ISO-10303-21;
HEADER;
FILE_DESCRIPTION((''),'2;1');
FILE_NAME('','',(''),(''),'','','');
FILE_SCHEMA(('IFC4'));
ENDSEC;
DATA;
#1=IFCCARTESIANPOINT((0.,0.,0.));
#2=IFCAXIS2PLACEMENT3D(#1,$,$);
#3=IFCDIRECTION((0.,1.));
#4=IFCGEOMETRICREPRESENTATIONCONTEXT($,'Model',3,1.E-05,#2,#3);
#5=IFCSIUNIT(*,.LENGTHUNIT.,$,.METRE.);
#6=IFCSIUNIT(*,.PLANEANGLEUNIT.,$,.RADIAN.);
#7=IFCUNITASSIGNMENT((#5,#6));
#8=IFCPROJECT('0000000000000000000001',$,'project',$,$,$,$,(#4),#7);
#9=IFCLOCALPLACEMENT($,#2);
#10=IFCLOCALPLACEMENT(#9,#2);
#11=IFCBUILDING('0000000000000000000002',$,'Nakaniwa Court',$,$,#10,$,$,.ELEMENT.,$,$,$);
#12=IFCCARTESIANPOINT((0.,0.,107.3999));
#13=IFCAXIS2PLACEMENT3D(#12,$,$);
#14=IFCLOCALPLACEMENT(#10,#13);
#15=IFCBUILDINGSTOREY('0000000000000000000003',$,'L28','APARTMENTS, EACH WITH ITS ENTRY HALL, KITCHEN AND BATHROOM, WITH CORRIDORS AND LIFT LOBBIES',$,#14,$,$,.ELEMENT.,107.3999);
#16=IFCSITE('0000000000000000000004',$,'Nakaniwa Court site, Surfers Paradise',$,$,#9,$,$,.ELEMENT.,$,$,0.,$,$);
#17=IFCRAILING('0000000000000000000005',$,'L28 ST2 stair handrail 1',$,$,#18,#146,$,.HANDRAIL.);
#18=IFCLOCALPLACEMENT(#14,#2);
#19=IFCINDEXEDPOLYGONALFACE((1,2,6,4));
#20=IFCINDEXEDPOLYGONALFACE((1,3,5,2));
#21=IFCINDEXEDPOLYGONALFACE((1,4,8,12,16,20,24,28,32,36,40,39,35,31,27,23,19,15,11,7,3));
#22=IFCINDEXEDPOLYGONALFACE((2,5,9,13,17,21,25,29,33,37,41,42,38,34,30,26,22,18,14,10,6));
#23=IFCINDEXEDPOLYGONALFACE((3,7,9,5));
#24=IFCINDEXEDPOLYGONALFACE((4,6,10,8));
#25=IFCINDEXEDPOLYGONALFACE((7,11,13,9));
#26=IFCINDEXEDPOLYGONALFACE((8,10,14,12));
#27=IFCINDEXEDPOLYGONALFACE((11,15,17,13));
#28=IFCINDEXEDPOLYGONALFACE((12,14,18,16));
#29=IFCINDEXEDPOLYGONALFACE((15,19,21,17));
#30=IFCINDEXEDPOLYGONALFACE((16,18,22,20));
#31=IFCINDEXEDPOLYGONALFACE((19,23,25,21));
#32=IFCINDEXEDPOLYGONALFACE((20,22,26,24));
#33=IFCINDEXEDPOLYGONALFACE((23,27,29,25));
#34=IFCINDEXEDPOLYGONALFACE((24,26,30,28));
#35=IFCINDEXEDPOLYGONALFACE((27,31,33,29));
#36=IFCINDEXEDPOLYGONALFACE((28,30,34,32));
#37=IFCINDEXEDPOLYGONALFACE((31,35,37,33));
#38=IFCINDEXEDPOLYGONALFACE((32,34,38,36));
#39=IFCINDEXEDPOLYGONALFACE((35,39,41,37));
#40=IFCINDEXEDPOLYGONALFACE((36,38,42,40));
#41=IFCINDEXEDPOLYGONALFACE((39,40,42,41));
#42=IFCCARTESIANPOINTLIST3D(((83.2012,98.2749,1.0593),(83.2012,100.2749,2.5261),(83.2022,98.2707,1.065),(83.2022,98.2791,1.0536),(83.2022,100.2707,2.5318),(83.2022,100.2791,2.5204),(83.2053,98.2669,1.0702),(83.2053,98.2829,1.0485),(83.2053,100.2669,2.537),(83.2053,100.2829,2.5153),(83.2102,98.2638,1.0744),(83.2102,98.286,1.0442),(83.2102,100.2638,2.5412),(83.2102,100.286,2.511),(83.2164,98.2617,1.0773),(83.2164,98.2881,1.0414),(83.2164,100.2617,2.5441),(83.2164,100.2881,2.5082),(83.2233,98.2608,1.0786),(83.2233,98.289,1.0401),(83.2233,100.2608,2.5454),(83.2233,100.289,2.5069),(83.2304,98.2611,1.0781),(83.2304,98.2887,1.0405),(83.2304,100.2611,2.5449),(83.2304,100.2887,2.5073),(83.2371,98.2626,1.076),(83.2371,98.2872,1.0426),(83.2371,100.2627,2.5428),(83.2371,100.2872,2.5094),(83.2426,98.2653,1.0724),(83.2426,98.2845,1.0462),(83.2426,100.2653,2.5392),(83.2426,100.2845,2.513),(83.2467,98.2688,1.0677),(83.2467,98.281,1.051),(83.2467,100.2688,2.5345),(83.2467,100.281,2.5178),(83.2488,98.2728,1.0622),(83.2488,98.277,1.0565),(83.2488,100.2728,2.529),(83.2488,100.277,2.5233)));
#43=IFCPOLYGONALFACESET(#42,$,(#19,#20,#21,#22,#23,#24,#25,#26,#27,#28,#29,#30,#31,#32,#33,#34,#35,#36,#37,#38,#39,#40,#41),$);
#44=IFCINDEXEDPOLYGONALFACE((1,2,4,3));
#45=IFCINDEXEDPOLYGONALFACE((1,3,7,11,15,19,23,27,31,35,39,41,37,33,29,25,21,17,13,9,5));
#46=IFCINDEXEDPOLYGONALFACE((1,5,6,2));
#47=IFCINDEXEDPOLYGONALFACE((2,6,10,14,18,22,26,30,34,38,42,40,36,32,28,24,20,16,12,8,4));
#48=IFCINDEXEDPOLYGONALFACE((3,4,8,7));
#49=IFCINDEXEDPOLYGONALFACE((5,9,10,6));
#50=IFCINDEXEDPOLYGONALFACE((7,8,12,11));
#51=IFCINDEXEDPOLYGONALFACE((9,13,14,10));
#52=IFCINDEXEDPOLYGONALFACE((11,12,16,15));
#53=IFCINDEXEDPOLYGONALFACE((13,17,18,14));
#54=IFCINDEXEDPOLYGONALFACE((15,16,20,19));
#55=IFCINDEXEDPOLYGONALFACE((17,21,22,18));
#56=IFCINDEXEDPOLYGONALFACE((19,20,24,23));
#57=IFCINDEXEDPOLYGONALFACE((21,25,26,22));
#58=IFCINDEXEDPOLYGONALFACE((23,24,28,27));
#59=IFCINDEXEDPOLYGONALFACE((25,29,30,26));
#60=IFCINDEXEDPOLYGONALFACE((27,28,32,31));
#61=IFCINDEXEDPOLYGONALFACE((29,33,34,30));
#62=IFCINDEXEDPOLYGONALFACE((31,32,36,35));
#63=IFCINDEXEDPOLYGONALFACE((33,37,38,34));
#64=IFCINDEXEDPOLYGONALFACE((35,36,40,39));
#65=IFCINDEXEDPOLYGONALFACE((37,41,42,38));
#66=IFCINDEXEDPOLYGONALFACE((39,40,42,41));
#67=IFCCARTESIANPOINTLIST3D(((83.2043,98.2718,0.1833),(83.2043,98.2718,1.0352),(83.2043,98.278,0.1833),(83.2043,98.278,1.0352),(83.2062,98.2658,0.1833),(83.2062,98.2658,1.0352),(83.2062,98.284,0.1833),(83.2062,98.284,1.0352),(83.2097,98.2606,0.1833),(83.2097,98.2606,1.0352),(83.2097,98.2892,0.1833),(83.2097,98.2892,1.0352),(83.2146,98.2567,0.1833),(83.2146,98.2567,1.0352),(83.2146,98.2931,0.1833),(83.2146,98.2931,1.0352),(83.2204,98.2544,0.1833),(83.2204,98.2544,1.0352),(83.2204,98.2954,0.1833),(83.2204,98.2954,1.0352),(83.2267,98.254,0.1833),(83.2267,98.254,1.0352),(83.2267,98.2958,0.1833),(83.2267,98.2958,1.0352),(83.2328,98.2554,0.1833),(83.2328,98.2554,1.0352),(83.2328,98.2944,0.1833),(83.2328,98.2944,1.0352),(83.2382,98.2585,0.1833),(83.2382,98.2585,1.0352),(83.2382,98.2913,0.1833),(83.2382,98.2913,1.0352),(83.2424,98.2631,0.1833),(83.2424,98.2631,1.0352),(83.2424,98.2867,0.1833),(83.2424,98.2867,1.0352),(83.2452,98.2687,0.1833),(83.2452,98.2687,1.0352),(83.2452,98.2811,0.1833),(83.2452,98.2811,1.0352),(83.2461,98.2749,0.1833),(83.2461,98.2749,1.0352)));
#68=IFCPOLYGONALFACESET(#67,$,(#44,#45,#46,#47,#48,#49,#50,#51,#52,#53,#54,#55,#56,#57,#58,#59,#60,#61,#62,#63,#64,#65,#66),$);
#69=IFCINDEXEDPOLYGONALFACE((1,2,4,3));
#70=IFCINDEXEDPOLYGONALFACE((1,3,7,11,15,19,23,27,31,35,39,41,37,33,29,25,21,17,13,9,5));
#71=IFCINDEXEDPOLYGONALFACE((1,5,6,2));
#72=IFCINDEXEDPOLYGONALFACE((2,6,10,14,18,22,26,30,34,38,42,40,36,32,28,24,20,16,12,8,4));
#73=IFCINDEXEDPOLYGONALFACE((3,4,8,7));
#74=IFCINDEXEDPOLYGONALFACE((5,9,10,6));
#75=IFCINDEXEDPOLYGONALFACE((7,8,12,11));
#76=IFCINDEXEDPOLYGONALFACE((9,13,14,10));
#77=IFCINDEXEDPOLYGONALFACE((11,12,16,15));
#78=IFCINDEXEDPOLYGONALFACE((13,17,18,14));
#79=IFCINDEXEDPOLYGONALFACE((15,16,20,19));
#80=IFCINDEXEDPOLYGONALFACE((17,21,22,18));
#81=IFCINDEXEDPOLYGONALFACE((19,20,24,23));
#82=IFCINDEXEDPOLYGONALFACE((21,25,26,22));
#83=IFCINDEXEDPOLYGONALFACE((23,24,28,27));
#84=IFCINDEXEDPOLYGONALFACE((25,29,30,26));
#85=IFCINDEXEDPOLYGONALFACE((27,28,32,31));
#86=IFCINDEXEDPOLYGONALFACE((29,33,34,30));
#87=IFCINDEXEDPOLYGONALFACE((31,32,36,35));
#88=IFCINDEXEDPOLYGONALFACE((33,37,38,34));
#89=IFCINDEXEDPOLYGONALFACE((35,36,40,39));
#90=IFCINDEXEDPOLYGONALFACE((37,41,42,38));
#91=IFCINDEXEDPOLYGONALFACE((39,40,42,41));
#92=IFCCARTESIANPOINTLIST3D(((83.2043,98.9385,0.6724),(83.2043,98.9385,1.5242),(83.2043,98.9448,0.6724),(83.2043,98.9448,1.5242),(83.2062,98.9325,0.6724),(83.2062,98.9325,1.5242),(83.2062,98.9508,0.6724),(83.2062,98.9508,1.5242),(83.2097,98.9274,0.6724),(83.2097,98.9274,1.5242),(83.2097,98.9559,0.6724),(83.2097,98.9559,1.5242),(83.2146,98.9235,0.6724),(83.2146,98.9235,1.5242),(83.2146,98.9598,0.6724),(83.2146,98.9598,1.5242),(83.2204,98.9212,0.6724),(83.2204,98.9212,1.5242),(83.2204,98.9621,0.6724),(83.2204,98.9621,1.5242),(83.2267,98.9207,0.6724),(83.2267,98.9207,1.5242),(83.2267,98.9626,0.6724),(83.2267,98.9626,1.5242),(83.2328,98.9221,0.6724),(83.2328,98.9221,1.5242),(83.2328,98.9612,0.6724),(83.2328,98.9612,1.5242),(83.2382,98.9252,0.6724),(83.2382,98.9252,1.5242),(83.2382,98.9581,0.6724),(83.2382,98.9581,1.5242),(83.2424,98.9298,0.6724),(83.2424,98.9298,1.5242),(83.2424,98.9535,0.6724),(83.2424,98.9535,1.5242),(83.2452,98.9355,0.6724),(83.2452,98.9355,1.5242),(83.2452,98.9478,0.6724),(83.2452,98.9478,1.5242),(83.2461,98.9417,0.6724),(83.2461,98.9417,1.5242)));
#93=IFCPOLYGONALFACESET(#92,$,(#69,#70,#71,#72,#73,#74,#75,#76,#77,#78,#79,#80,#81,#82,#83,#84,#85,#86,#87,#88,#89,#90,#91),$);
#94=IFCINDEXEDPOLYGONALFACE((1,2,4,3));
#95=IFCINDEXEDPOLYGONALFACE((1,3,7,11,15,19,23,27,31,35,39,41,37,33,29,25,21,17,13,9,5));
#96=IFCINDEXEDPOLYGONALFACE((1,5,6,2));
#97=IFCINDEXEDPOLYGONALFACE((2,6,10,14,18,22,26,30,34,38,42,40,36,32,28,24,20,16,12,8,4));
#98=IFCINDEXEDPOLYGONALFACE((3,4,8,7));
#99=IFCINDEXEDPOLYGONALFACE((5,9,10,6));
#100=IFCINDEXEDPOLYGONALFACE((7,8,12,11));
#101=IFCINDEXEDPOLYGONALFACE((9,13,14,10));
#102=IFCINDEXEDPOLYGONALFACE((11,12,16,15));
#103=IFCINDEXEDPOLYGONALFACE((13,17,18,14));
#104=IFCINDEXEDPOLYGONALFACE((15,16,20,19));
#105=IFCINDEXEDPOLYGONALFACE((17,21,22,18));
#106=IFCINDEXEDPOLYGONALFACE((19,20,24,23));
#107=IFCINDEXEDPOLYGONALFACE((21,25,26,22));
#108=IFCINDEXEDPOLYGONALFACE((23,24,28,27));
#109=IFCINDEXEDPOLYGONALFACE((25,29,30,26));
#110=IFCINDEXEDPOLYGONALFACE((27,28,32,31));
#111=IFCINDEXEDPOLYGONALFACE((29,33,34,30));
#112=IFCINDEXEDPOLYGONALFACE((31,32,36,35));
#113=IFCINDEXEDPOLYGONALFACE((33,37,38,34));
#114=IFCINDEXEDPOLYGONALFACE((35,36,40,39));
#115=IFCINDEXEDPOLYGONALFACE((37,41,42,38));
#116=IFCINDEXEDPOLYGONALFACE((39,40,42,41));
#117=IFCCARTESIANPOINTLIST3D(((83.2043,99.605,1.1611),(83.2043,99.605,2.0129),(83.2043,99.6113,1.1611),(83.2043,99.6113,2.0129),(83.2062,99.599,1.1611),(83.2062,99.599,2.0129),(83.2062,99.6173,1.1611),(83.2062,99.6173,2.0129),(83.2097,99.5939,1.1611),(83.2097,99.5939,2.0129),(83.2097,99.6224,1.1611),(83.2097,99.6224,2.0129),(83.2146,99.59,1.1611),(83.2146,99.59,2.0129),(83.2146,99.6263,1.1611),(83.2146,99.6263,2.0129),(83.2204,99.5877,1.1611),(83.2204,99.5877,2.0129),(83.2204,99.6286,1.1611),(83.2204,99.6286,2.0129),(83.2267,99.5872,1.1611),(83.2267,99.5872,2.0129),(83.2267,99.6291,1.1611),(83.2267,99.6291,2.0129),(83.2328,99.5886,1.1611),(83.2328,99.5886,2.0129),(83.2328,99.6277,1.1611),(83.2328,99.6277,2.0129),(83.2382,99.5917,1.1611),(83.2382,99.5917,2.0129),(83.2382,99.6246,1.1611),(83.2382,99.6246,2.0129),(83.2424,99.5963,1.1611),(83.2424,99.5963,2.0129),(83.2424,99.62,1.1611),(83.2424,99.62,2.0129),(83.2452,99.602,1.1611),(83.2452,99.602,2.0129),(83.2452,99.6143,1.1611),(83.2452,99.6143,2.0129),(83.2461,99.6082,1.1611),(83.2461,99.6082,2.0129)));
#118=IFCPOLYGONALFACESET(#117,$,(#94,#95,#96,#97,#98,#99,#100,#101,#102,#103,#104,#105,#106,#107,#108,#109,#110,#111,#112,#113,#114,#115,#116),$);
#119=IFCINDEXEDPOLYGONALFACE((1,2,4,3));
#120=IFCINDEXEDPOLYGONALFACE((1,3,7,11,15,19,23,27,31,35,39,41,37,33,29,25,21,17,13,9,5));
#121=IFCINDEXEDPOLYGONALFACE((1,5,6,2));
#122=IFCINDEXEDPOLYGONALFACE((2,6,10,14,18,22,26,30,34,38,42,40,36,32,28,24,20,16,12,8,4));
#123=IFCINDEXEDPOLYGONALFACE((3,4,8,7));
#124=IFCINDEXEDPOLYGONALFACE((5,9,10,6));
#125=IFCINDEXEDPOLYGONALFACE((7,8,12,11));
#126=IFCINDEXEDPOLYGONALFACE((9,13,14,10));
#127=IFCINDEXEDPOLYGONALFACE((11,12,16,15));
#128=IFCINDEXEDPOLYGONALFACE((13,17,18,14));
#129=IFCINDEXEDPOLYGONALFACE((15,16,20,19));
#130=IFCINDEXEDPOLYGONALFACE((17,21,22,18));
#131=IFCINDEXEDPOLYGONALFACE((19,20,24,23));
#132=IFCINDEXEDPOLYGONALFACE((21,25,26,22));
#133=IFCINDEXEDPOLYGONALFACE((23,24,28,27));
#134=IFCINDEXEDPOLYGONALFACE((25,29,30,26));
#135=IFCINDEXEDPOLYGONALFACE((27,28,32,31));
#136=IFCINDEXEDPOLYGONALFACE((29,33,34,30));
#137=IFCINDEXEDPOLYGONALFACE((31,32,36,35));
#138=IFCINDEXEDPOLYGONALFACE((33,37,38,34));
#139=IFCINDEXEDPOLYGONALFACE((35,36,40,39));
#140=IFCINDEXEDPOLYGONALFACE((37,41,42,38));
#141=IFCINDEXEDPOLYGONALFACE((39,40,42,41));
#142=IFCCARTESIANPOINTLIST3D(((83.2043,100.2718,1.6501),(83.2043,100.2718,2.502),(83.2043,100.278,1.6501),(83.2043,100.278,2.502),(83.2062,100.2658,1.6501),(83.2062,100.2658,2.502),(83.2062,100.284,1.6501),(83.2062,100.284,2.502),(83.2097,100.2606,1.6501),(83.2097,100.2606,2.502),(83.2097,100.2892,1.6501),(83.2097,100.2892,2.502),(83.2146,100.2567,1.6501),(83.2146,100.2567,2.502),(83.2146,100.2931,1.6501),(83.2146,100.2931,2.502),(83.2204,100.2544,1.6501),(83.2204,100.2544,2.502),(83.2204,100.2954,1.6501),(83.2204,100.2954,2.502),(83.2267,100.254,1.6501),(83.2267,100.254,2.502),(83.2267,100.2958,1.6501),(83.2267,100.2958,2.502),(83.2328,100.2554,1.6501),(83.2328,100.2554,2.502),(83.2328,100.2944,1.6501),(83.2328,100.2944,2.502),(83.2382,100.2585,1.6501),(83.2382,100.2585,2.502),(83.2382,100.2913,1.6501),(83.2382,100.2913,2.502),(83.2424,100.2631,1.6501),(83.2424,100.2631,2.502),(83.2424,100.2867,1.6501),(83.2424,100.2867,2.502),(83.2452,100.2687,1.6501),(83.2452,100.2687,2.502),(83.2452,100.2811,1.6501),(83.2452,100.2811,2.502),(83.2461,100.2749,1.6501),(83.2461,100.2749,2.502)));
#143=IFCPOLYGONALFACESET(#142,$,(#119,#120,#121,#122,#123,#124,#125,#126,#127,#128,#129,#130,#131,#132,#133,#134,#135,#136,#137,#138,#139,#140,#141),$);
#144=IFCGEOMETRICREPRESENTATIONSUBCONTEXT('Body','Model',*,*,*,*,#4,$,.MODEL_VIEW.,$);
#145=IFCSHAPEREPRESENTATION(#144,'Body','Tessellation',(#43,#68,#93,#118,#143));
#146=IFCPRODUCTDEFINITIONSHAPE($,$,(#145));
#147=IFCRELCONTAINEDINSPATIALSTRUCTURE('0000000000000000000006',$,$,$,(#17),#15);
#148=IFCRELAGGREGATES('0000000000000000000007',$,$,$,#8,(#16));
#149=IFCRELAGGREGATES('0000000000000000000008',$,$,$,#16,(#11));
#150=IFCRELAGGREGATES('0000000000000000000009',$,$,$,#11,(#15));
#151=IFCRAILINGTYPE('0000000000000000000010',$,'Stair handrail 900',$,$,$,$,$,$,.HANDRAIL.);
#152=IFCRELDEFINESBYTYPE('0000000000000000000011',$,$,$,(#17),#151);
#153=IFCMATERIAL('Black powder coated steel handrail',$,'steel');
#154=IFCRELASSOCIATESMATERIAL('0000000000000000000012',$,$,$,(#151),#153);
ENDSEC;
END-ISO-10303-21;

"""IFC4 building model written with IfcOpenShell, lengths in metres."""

from ifc_helpers import new_model, si_unit, direction, frame, origin, origin_2d, place, context, subcontext, project, spatial, circle, extrude, material, type_object, element, save


model = new_model("IFC4")

# Units and contexts
model_context = context("Model", 3, precision=1e-05, world=origin(), true_north=direction((0.0, 1.0)))
body_context = subcontext(model_context, "Body", "Model", "MODEL_VIEW")
ifc_project = project(units=[si_unit("LENGTHUNIT", "METRE"), si_unit("PLANEANGLEUNIT", "RADIAN")], contexts=[model_context])

# Site, building, storey
site_placement = place(None, origin())
site = spatial("IfcSite", under=ifc_project, at=site_placement, Name="Nakaniwa Court site, Surfers Paradise", CompositionType="ELEMENT", RefElevation=0.0)
building_placement = place(site_placement, origin())
building = spatial("IfcBuilding", under=site, at=building_placement, Name="Nakaniwa Court", CompositionType="ELEMENT")
storey_placement = place(building_placement, frame((0.0, 0.0, 107.3999)))
storey = spatial("IfcBuildingStorey", under=building, at=storey_placement, Name="L28", Description="APARTMENTS, EACH WITH ITS ENTRY HALL, KITCHEN AND BATHROOM, WITH CORRIDORS AND LIFT LOBBIES", CompositionType="ELEMENT", Elevation=107.3999)

# Railing
ifc_material_1 = material(Name="Black powder coated steel handrail", Category="steel")
railing_type_1 = type_object("IfcRailingType", Name="Stair handrail 900", PredefinedType="HANDRAIL", material=ifc_material_1)
railing_1_placement = place(storey_placement, frame((83.2251, 98.2749, 0.1833)))
element("IfcRailing", 1, at=railing_1_placement, inside=storey, type_object=railing_type_1, Name="L28 ST2 stair handrail 1", PredefinedType="HANDRAIL", context=body_context, shape_type="SweptSolid", body=[
    extrude(circle(Radius=0.0239, at=origin_2d()), frame((0.0, 0.0, 0.876), z_axis=(0.0, 0.80638, 0.591398), x_axis=(-1.0, 0.0, 0.0)), (0.0, 0.0, 1.0), 2.4802),
    extrude(circle(Radius=0.021, at=origin_2d()), origin(), (0.0, 0.0, 1.0), 0.8518),
    extrude(circle(Radius=0.021, at=origin_2d()), frame((0.0, 0.6667, 0.489)), (0.0, 0.0, 1.0), 0.8518),
    extrude(circle(Radius=0.021, at=origin_2d()), frame((0.0, 1.3333, 0.9778)), (0.0, 0.0, 1.0), 0.8518),
    extrude(circle(Radius=0.021, at=origin_2d()), frame((0.0, 2.0, 1.4668)), (0.0, 0.0, 1.0), 0.8518),
])

save(model, "model.ifc")
